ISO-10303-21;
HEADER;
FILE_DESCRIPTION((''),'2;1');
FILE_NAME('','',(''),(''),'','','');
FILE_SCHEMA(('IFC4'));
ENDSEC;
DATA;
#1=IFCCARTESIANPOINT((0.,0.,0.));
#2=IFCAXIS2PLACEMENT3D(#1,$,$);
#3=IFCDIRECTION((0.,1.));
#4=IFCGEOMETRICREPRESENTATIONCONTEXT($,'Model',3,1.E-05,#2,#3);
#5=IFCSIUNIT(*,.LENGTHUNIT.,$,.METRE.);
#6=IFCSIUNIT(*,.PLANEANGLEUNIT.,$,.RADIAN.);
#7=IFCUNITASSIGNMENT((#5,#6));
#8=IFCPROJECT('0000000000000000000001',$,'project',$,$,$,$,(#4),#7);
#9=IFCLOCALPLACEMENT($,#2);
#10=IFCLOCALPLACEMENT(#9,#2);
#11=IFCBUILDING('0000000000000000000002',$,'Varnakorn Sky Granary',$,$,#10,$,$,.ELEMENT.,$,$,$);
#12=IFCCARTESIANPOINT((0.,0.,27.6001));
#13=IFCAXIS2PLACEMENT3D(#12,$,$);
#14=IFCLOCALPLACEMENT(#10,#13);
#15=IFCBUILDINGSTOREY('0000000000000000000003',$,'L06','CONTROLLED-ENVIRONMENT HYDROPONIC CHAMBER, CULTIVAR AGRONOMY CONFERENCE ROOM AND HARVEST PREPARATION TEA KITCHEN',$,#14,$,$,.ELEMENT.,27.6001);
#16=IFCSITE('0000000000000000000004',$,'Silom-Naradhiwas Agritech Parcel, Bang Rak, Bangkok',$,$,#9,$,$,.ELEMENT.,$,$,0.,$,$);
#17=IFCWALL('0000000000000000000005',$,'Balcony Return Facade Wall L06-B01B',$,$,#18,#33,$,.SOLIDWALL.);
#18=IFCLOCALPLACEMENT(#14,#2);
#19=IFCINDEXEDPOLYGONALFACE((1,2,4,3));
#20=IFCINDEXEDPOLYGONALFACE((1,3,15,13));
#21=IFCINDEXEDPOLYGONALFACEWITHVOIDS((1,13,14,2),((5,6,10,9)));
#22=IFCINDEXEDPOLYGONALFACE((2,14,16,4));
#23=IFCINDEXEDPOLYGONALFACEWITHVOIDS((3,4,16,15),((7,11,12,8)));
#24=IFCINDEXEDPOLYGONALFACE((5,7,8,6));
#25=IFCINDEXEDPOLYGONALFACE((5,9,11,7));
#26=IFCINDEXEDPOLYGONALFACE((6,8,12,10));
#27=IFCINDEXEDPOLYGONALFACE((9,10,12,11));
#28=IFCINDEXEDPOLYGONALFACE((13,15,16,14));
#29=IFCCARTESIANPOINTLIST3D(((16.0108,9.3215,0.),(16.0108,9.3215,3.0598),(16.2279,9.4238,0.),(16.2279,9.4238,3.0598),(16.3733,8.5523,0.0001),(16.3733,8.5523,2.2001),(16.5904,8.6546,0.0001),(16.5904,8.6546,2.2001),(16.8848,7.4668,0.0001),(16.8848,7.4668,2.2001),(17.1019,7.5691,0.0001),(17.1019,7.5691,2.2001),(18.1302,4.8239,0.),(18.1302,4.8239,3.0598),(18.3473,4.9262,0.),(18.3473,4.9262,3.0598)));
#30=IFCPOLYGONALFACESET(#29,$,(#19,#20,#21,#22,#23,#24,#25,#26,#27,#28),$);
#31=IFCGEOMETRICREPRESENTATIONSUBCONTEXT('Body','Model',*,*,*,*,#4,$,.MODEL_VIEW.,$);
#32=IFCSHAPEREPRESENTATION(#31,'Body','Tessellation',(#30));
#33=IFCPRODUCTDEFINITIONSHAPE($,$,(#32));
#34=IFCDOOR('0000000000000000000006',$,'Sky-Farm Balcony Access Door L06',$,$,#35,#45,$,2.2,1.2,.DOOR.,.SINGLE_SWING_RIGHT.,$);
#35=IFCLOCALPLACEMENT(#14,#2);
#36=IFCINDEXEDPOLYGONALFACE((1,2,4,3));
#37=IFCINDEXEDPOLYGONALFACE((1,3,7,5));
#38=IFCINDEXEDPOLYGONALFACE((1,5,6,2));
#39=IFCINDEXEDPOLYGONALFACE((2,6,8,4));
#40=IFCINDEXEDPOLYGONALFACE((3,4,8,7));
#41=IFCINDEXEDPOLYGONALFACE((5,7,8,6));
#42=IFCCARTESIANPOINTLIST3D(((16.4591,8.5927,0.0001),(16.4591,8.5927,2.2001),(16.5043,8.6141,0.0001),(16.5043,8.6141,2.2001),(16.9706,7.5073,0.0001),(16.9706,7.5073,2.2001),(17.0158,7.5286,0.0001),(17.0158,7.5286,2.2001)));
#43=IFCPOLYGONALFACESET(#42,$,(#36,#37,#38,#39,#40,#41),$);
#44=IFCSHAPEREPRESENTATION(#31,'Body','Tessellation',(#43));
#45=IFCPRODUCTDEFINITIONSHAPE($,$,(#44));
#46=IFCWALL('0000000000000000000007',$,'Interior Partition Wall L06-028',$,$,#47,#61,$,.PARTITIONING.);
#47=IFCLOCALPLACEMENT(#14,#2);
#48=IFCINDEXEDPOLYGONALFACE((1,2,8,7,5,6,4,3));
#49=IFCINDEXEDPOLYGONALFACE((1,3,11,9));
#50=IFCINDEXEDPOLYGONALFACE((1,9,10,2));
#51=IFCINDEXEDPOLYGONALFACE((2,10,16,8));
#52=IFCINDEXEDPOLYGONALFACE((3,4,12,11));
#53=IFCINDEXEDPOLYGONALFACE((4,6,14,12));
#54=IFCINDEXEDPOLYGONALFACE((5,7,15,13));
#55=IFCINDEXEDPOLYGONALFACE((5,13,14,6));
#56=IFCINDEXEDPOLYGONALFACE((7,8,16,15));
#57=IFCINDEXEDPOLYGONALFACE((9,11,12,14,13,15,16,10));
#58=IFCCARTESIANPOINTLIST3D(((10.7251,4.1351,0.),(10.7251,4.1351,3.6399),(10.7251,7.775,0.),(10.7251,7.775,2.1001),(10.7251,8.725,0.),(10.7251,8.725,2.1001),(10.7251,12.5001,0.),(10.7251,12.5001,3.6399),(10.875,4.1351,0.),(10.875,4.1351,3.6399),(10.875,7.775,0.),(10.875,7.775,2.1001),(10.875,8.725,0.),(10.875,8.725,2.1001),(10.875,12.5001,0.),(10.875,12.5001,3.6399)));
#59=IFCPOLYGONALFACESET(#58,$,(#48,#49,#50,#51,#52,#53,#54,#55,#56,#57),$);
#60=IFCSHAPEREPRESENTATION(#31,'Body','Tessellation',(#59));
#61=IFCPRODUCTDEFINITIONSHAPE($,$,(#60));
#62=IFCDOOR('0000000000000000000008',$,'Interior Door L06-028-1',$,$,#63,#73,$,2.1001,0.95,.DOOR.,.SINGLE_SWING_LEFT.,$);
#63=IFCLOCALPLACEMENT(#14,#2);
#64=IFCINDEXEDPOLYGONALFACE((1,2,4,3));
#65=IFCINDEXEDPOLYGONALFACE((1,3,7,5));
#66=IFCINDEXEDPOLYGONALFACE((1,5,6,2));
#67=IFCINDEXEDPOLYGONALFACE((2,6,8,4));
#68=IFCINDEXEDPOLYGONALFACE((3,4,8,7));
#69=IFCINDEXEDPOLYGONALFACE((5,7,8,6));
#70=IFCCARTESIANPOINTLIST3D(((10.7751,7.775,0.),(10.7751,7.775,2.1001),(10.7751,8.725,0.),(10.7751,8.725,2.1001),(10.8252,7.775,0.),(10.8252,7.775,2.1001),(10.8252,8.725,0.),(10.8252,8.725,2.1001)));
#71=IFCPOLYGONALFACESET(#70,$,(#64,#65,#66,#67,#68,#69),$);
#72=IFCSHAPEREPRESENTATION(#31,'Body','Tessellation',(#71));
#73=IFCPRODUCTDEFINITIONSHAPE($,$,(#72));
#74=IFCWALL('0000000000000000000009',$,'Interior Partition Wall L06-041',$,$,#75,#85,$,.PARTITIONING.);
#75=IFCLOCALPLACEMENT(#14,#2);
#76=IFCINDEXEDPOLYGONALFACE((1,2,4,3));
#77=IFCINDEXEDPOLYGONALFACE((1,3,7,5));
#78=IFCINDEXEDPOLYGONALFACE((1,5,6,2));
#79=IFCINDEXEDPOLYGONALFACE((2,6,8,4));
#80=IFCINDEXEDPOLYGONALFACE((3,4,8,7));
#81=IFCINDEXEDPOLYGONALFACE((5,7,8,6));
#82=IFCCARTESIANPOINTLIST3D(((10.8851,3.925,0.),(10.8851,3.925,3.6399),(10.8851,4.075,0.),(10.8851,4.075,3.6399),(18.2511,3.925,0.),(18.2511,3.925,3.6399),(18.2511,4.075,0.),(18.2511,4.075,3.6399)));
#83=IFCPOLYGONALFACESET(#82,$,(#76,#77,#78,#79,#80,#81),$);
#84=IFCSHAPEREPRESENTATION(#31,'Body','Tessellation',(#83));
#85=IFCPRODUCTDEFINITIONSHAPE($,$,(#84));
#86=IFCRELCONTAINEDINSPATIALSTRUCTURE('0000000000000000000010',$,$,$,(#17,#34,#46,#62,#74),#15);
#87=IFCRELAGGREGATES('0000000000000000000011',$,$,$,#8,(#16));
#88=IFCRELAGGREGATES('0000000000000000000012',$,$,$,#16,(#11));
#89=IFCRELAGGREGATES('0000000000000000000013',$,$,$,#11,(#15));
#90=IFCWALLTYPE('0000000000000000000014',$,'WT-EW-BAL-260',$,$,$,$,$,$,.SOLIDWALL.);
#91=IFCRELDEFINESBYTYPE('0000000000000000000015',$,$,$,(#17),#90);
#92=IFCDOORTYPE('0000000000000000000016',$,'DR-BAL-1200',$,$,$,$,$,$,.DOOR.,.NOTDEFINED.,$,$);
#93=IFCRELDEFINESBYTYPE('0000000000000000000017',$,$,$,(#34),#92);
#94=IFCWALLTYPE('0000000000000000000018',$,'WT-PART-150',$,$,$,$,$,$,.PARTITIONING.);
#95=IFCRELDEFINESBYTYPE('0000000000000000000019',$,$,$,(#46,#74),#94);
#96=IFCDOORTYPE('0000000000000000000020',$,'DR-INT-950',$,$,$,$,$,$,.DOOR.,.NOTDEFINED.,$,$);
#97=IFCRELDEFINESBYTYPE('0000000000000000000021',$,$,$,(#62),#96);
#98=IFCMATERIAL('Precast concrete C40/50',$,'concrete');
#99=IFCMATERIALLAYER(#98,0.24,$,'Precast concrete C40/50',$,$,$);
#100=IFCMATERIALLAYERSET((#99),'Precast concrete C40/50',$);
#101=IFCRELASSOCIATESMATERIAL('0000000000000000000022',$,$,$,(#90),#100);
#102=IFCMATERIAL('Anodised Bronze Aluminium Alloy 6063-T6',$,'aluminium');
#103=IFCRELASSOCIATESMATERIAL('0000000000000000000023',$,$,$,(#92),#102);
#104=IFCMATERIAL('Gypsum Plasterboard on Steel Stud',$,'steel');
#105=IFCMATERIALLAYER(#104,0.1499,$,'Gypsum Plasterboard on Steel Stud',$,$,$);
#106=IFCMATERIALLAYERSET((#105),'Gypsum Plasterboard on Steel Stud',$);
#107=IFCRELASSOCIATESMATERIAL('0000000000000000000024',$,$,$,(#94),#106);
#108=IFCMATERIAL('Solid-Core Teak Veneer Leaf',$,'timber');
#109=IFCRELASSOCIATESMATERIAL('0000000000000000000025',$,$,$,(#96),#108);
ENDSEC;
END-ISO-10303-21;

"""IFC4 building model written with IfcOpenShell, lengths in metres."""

from ifc_helpers import new_model, si_unit, direction, frame, frame_2d, origin, place, context, subcontext, project, spatial, rectangle, extrude, material, layer, layer_set, type_object, element, fill, save


model = new_model("IFC4")

# Units and contexts
model_context = context("Model", 3, precision=1e-05, world=origin(), true_north=direction((0.0, 1.0)))
body_context = subcontext(model_context, "Body", "Model", "MODEL_VIEW")
ifc_project = project(units=[si_unit("LENGTHUNIT", "METRE"), si_unit("PLANEANGLEUNIT", "RADIAN")], contexts=[model_context])

# Site, building, storey
site_placement = place(None, origin())
site = spatial("IfcSite", under=ifc_project, at=site_placement, Name="Silom-Naradhiwas Agritech Parcel, Bang Rak, Bangkok", CompositionType="ELEMENT", RefElevation=0.0)
building_placement = place(site_placement, origin())
building = spatial("IfcBuilding", under=site, at=building_placement, Name="Varnakorn Sky Granary", CompositionType="ELEMENT")
storey_placement = place(building_placement, frame((0.0, 0.0, 27.6001)))
storey = spatial("IfcBuildingStorey", under=building, at=storey_placement, Name="L06", Description="CONTROLLED-ENVIRONMENT HYDROPONIC CHAMBER, CULTIVAR AGRONOMY CONFERENCE ROOM AND HARVEST PREPARATION TEA KITCHEN", CompositionType="ELEMENT", Elevation=27.6001)

# Shared definitions
ifc_material_1 = material(Name="Anodised Bronze Aluminium Alloy 6063-T6", Category="aluminium")

# Shared definitions
ifc_material_2 = material(Name="Precast concrete C40/50", Category="concrete")
ifc_layer_1 = layer(ifc_material_2, 0.24, Name="Precast concrete C40/50")
ifc_layer_set_1 = layer_set([ifc_layer_1], Name="Precast concrete C40/50")
wall_type_1 = type_object("IfcWallType", Name="WT-EW-BAL-260", PredefinedType="SOLIDWALL", material=ifc_layer_set_1)

# Walls, openings, doors
wall_1_placement = place(storey_placement, frame((16.1194, 9.3726, 0.0), z_axis=(0.0, 0.0, 1.0), x_axis=(0.426272, -0.904595, 0.0)))
wall_1 = element("IfcWall", 1, at=wall_1_placement, inside=storey, type_object=wall_type_1, Name="Balcony Return Facade Wall L06-B01B", PredefinedType="SOLIDWALL", context=body_context, shape_type="SweptSolid", body=[
    extrude(rectangle(XDim=4.9719, YDim=0.24, at=frame_2d((2.4858, 0.0))), origin(), (0.0, 0.0, 1.0), 3.0598),
])
opening_1_placement = place(wall_1_placement, frame((0.8501, 0.0, 0.0)))
opening_1 = element("IfcOpeningElement", 2, at=opening_1_placement, cuts=wall_1, PredefinedType="OPENING", context=body_context, shape_type="SweptSolid", body=[
    extrude(rectangle(XDim=1.2, YDim=2.2, at=frame_2d((0.6001, 1.1001))), frame((0.0, 0.1299, 0.0), z_axis=(0.0, -1.0, 0.0), x_axis=(1.0, 0.0, 0.0)), (0.0, 0.0, 1.0), 0.26),
])
door_type_1 = type_object("IfcDoorType", Name="DR-BAL-1200", OperationType="NOTDEFINED", PredefinedType="DOOR", material=ifc_material_1)
door_1_placement = place(opening_1_placement, origin())
door_1 = element("IfcDoor", 3, at=door_1_placement, inside=storey, type_object=door_type_1, Name="Sky-Farm Balcony Access Door L06", OperationType="SINGLE_SWING_RIGHT", OverallHeight=2.2, OverallWidth=1.2, PredefinedType="DOOR", context=body_context, shape_type="SweptSolid", body=[
    extrude(rectangle(XDim=1.2, YDim=2.2, at=frame_2d((0.6001, 1.1001))), frame((0.0, 0.0249, 0.0), z_axis=(0.0, -1.0, 0.0), x_axis=(1.0, 0.0, 0.0)), (0.0, 0.0, 1.0), 0.05),
])
fill(opening_1, door_1)
ifc_material_3 = material(Name="Gypsum Plasterboard on Steel Stud", Category="steel")
ifc_layer_2 = layer(ifc_material_3, 0.1499, Name="Gypsum Plasterboard on Steel Stud")
ifc_layer_set_2 = layer_set([ifc_layer_2], Name="Gypsum Plasterboard on Steel Stud")
wall_type_2 = type_object("IfcWallType", Name="WT-PART-150", PredefinedType="PARTITIONING", material=ifc_layer_set_2)
wall_2_placement = place(storey_placement, frame((10.8, 4.135, 0.0), z_axis=(0.0, 0.0, 1.0), x_axis=(0.0, 1.0, 0.0)))
wall_2 = element("IfcWall", 4, at=wall_2_placement, inside=storey, type_object=wall_type_2, Name="Interior Partition Wall L06-028", PredefinedType="PARTITIONING", context=body_context, shape_type="SweptSolid", body=[
    extrude(rectangle(XDim=8.365, YDim=0.1499, at=frame_2d((4.1826, 0.0))), origin(), (0.0, 0.0, 1.0), 3.6399),
])
opening_2_placement = place(wall_2_placement, frame((3.6399, 0.0, 0.0)))
opening_2 = element("IfcOpeningElement", 5, at=opening_2_placement, cuts=wall_2, PredefinedType="OPENING", context=body_context, shape_type="SweptSolid", body=[
    extrude(rectangle(XDim=0.95, YDim=2.1001, at=frame_2d((0.4751, 1.05))), frame((0.0, 0.085, 0.0), z_axis=(0.0, -1.0, 0.0), x_axis=(1.0, 0.0, 0.0)), (0.0, 0.0, 1.0), 0.1699),
])
ifc_material_4 = material(Name="Solid-Core Teak Veneer Leaf", Category="timber")
door_type_2 = type_object("IfcDoorType", Name="DR-INT-950", OperationType="NOTDEFINED", PredefinedType="DOOR", material=ifc_material_4)
door_2_placement = place(opening_2_placement, origin())
door_2 = element("IfcDoor", 6, at=door_2_placement, inside=storey, type_object=door_type_2, Name="Interior Door L06-028-1", OperationType="SINGLE_SWING_LEFT", OverallHeight=2.1001, OverallWidth=0.95, PredefinedType="DOOR", context=body_context, shape_type="SweptSolid", body=[
    extrude(rectangle(XDim=0.95, YDim=2.1001, at=frame_2d((0.4751, 1.05))), frame((0.0, 0.0249, 0.0), z_axis=(0.0, -1.0, 0.0), x_axis=(1.0, 0.0, 0.0)), (0.0, 0.0, 1.0), 0.05),
])
fill(opening_2, door_2)

# Wall
wall_3_placement = place(storey_placement, frame((10.885, 4.0, 0.0), z_axis=(0.0, 0.0, 1.0), x_axis=(1.0, 0.0, 0.0)))
element("IfcWall", 7, at=wall_3_placement, inside=storey, type_object=wall_type_2, Name="Interior Partition Wall L06-041", PredefinedType="PARTITIONING", context=body_context, shape_type="SweptSolid", body=[
    extrude(rectangle(XDim=7.366, YDim=0.1499, at=frame_2d((3.6831, 0.0))), origin(), (0.0, 0.0, 1.0), 3.6399),
])

save(model, "model.ifc")
